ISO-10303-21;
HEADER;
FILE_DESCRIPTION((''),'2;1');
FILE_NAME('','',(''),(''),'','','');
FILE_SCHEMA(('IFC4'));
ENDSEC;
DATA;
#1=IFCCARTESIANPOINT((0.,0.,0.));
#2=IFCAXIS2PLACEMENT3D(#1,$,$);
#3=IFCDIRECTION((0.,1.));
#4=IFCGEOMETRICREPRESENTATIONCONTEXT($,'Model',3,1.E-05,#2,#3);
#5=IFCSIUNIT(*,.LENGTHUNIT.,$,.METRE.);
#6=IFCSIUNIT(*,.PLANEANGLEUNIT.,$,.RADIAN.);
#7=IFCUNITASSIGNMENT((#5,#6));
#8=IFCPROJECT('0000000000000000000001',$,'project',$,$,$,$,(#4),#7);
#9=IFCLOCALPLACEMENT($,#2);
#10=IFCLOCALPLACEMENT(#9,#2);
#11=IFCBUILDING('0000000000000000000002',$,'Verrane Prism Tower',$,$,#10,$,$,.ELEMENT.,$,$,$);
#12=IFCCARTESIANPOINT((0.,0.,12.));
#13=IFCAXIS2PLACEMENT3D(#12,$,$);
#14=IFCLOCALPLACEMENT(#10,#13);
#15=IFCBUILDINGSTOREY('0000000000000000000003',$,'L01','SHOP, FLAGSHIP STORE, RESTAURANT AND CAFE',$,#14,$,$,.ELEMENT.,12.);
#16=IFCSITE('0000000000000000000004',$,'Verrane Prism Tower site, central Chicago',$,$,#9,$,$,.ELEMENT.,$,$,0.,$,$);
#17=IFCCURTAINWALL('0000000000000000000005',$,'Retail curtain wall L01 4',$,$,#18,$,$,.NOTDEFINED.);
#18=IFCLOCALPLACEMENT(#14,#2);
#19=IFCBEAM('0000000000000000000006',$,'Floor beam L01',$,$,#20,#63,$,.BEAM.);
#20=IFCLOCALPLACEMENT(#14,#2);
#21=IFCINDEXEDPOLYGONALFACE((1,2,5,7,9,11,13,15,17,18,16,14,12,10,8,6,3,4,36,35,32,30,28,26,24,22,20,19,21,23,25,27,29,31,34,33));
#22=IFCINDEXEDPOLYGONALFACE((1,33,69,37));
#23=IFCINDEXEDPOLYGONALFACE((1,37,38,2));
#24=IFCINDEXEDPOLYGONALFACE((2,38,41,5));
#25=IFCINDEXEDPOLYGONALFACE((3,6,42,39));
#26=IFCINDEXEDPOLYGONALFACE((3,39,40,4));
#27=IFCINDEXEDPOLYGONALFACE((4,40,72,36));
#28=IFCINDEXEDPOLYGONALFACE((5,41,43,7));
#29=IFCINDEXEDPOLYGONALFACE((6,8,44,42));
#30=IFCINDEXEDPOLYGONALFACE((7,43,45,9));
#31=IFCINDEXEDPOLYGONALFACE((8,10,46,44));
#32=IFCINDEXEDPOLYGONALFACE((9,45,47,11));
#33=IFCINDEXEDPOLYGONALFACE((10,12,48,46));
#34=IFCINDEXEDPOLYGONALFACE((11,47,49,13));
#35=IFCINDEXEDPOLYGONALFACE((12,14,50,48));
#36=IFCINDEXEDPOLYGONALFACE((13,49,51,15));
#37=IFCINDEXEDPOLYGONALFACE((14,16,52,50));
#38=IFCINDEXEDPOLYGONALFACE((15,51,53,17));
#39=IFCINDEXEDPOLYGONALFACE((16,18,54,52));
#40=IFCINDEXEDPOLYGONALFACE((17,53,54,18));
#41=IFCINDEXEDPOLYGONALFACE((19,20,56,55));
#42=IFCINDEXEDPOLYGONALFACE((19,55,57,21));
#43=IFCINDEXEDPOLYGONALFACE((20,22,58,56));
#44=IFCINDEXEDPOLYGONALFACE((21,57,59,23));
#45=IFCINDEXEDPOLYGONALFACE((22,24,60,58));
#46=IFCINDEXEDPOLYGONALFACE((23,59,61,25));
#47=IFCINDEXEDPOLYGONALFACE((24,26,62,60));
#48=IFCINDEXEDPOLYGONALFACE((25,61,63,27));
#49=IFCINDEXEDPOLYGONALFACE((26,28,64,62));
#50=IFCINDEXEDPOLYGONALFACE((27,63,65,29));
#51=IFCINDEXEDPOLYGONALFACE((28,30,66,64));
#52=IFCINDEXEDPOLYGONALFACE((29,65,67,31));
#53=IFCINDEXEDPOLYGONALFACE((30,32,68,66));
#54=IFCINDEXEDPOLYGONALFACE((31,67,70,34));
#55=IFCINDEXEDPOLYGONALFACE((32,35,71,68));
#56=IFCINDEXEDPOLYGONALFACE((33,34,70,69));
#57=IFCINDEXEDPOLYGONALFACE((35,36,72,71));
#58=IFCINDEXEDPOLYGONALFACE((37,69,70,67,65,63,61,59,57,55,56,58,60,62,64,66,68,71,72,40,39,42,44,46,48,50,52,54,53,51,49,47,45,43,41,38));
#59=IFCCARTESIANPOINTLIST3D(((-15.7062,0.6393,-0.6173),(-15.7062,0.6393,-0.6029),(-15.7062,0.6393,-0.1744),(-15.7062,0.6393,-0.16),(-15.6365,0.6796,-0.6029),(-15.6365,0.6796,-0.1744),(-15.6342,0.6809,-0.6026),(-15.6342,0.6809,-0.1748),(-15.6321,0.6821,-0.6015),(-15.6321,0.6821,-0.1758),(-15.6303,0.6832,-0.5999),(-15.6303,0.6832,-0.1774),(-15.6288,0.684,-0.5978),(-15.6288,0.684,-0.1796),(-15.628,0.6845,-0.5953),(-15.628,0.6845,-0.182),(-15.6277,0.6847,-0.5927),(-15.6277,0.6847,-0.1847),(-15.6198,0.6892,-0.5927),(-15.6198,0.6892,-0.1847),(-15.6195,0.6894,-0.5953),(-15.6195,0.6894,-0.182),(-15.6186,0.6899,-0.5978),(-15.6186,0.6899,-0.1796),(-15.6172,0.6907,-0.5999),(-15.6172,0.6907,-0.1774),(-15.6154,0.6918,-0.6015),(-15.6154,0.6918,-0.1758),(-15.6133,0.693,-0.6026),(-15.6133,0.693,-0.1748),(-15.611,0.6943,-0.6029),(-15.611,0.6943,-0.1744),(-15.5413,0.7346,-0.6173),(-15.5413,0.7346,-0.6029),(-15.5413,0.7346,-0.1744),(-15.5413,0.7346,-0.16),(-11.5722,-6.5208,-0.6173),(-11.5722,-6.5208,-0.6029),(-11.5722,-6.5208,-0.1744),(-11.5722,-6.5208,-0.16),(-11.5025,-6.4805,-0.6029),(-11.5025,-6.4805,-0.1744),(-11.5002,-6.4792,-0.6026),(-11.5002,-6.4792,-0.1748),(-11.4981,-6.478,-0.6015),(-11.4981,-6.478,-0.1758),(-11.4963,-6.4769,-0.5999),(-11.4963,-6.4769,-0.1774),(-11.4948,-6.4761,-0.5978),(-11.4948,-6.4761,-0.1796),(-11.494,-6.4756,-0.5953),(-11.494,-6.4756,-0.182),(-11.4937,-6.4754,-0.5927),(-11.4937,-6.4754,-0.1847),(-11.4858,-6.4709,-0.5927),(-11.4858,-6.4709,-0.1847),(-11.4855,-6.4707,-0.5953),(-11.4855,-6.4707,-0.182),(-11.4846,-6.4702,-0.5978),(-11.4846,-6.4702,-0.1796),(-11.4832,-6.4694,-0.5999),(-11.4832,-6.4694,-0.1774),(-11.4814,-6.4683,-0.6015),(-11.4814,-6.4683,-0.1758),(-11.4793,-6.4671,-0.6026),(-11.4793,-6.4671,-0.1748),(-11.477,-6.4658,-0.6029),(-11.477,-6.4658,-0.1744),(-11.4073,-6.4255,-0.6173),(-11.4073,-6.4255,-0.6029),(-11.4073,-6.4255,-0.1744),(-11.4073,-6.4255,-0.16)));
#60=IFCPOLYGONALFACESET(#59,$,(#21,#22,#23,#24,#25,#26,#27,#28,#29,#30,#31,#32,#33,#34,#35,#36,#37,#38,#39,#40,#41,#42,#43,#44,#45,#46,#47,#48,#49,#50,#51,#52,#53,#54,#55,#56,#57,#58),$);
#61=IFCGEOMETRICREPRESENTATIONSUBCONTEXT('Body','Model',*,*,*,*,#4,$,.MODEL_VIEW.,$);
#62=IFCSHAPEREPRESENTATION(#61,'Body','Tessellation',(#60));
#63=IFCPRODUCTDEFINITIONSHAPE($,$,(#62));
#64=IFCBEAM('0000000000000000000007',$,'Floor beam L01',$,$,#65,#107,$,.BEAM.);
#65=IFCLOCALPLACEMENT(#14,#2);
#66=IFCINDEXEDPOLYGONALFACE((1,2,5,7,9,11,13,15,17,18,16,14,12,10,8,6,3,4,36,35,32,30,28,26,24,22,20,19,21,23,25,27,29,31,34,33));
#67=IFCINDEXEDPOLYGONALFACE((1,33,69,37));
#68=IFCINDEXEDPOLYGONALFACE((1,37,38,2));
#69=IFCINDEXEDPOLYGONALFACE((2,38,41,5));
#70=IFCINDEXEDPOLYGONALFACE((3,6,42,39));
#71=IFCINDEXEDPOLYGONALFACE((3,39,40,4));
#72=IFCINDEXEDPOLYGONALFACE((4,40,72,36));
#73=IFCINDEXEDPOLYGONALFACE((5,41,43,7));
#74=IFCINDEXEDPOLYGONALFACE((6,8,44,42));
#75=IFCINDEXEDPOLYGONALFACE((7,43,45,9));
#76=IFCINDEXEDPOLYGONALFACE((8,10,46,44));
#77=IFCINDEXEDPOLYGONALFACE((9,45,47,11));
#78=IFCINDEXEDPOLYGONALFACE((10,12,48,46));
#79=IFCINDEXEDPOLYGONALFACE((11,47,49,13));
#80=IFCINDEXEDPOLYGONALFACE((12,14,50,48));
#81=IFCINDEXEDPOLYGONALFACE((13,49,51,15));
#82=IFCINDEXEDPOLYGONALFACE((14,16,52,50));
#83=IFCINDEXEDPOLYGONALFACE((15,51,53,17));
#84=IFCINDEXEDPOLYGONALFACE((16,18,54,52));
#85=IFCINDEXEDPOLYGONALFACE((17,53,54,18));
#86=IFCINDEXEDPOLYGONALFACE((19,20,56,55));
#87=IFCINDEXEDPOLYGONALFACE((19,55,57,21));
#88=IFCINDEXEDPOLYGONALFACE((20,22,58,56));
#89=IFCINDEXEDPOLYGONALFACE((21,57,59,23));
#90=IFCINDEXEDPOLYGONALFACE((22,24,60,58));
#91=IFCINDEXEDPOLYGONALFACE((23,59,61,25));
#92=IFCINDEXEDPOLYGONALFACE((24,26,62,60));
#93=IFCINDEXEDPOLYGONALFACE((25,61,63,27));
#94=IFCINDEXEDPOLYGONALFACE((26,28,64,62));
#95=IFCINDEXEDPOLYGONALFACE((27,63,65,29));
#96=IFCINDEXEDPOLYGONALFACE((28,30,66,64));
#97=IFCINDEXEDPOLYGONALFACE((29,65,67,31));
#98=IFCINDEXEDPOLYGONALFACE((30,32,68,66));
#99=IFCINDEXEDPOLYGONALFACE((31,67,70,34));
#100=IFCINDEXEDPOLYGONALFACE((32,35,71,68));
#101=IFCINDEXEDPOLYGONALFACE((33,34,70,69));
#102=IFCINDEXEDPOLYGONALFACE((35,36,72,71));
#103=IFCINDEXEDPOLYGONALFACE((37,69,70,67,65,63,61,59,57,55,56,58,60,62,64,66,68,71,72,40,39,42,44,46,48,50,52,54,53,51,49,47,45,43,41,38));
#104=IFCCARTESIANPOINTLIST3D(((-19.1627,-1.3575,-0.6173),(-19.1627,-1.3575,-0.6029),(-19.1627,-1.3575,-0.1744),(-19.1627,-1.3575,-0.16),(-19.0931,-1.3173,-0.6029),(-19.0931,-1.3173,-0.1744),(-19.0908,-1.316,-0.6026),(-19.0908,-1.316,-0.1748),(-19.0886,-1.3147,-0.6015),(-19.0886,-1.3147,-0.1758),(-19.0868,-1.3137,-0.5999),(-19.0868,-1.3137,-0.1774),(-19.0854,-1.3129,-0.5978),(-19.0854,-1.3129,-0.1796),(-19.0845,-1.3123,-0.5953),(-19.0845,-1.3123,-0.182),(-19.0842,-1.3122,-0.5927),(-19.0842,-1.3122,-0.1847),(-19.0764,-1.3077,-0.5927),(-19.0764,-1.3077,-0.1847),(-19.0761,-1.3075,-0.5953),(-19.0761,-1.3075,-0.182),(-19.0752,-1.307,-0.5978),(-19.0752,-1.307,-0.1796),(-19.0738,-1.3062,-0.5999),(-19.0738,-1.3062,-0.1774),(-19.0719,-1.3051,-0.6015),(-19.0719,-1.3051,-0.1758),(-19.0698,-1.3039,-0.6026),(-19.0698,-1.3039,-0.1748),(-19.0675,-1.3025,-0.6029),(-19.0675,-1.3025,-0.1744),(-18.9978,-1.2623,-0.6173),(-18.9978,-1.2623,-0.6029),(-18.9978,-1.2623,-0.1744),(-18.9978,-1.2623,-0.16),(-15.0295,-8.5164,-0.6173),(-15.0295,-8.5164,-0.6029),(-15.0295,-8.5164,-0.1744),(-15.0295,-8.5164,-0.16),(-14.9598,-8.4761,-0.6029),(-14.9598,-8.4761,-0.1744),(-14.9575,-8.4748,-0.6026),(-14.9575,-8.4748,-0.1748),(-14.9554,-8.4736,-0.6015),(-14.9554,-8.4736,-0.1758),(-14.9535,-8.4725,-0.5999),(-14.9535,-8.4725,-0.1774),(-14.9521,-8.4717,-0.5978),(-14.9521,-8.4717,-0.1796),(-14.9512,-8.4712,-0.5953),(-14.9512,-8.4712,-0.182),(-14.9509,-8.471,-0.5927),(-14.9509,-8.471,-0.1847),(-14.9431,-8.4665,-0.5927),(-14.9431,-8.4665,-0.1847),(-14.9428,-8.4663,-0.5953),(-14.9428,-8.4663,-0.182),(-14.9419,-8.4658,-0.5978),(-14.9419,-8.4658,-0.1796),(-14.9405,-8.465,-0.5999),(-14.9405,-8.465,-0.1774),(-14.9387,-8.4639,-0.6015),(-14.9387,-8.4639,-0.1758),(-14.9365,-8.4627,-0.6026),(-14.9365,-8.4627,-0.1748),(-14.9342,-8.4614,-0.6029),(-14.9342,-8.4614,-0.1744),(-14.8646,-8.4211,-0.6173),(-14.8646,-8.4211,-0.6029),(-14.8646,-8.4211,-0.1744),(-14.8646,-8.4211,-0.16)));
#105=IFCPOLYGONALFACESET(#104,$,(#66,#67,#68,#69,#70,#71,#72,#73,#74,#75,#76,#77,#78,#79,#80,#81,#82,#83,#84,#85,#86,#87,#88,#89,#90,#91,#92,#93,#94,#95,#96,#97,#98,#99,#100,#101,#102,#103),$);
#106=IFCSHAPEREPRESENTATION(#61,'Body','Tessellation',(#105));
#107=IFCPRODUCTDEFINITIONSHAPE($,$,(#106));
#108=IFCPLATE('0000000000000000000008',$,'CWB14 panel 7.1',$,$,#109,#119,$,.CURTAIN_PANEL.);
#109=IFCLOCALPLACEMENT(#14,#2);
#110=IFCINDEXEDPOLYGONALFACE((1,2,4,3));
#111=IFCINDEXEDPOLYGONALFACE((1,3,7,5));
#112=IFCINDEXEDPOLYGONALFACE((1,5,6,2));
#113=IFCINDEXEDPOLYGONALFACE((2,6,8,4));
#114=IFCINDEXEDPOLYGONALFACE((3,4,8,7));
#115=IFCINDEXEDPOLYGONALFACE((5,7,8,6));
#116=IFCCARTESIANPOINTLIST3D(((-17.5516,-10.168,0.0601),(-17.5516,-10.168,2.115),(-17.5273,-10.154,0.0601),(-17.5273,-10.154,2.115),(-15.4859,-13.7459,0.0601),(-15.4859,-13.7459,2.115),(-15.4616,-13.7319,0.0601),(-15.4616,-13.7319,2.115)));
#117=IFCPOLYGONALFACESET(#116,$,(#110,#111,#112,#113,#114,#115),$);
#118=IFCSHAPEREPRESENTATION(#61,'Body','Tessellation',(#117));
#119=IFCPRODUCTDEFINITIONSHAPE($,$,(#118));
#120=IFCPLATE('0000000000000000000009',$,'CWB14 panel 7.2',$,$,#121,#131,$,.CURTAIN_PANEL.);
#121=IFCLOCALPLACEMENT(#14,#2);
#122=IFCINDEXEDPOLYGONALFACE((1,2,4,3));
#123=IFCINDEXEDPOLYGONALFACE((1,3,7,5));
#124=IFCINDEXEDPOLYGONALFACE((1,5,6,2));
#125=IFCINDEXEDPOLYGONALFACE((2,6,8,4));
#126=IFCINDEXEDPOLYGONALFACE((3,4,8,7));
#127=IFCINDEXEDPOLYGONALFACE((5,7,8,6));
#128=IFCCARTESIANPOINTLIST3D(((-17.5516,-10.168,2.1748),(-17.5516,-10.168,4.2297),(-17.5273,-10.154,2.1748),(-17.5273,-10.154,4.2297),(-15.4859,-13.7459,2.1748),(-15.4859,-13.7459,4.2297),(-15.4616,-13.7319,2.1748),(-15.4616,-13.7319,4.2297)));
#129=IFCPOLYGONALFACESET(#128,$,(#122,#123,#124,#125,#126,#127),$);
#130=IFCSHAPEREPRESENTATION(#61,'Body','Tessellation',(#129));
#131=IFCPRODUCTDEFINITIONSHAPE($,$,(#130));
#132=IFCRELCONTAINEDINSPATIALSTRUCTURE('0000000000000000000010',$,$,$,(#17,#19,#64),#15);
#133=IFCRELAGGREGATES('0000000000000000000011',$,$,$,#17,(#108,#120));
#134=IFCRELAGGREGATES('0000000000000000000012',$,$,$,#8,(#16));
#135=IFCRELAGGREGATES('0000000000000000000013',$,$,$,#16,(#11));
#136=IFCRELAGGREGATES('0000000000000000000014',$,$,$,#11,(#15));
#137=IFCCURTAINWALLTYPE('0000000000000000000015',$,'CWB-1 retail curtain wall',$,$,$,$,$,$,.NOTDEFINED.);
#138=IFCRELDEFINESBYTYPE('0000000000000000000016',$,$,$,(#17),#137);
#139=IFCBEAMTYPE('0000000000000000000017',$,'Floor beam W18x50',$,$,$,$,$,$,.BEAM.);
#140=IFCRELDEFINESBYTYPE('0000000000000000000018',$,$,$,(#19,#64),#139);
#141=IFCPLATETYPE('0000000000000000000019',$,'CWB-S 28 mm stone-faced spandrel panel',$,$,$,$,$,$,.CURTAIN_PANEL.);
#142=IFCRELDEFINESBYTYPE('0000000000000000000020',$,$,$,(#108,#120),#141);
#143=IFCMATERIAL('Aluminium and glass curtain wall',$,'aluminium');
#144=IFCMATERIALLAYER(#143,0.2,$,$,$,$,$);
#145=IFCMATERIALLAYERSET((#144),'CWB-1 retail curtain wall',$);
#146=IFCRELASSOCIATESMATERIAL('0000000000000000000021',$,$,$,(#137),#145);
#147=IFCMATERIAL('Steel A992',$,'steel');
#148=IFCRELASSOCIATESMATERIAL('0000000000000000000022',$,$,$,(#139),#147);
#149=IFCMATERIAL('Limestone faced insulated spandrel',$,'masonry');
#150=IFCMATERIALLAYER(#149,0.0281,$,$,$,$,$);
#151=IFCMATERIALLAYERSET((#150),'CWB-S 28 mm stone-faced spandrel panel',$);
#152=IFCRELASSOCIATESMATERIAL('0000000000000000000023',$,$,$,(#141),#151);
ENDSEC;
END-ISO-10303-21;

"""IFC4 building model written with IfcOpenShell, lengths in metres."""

from ifc_helpers import new_model, si_unit, direction, frame, origin, origin_2d, place, context, subcontext, project, spatial, rectangle, i_section, extrude, material, layer, layer_set, material_profile, profile_set, type_object, element, aggregate, save


model = new_model("IFC4")

# Units and contexts
model_context = context("Model", 3, precision=1e-05, world=origin(), true_north=direction((0.0, 1.0)))
body_context = subcontext(model_context, "Body", "Model", "MODEL_VIEW")
ifc_project = project(units=[si_unit("LENGTHUNIT", "METRE"), si_unit("PLANEANGLEUNIT", "RADIAN")], contexts=[model_context])

# Site, building, storey
site_placement = place(None, origin())
site = spatial("IfcSite", under=ifc_project, at=site_placement, Name="Verrane Prism Tower site, central Chicago", CompositionType="ELEMENT", RefElevation=0.0)
building_placement = place(site_placement, origin())
building = spatial("IfcBuilding", under=site, at=building_placement, Name="Verrane Prism Tower", CompositionType="ELEMENT")
storey_placement = place(building_placement, frame((0.0, 0.0, 12.0)))
storey = spatial("IfcBuildingStorey", under=building, at=storey_placement, Name="L01", Description="SHOP, FLAGSHIP STORE, RESTAURANT AND CAFE", CompositionType="ELEMENT", Elevation=12.0)

# Curtain wall
ifc_material_1 = material(Name="Aluminium and glass curtain wall", Category="aluminium")
ifc_layer_1 = layer(ifc_material_1, 0.2)
ifc_layer_set_1 = layer_set([ifc_layer_1], Name="CWB-1 retail curtain wall")
curtain_wall_type = type_object("IfcCurtainWallType", Name="CWB-1 retail curtain wall", PredefinedType="NOTDEFINED", material=ifc_layer_set_1)
curtain_wall_placement = place(storey_placement, origin())
curtain_wall = element("IfcCurtainWall", 1, at=curtain_wall_placement, inside=storey, type_object=curtain_wall_type, Name="Retail curtain wall L01 4", PredefinedType="NOTDEFINED")

# Beams
ifc_material_2 = material(Name="Steel A992", Category="steel")
ifc_material_profile_1 = material_profile(ifc_material_2, i_section(OverallWidth=0.1904, OverallDepth=0.4573, WebThickness=0.009, FlangeThickness=0.0144, FilletRadius=0.0103, at=origin_2d()), Name="W18x50")
ifc_profile_set_1 = profile_set([ifc_material_profile_1], Name="Steel A992")
beam_type_1 = type_object("IfcBeamType", Name="Floor beam W18x50", PredefinedType="BEAM", material=ifc_profile_set_1)
beam_1_placement = place(storey_placement, frame((-11.4897, -6.4731, -0.3887), z_axis=(-0.50001, 0.866019, 0.0), x_axis=(-0.866019, -0.50001, 0.0)))
element("IfcBeam", 2, at=beam_1_placement, inside=storey, type_object=beam_type_1, Name="Floor beam L01", PredefinedType="BEAM", context=body_context, shape_type="SweptSolid", body=[
    extrude(i_section(OverallWidth=0.1904, OverallDepth=0.4573, WebThickness=0.009, FlangeThickness=0.0144, FilletRadius=0.0103, at=origin_2d()), origin(), (0.0, 0.0, 1.0), 8.2678),
])
beam_2_placement = place(storey_placement, frame((-14.947, -8.4688, -0.3887), z_axis=(-0.500008, 0.866021, 0.0), x_axis=(-0.866021, -0.500008, 0.0)))
element("IfcBeam", 3, at=beam_2_placement, inside=storey, type_object=beam_type_1, Name="Floor beam L01", PredefinedType="BEAM", context=body_context, shape_type="SweptSolid", body=[
    extrude(i_section(OverallWidth=0.1904, OverallDepth=0.4573, WebThickness=0.009, FlangeThickness=0.0144, FilletRadius=0.0103, at=origin_2d()), origin(), (0.0, 0.0, 1.0), 8.2664),
])

# Plates
ifc_material_3 = material(Name="Limestone faced insulated spandrel", Category="masonry")
ifc_layer_2 = layer(ifc_material_3, 0.0281)
ifc_layer_set_2 = layer_set([ifc_layer_2], Name="CWB-S 28 mm stone-faced spandrel panel")
plate_type = type_object("IfcPlateType", Name="CWB-S 28 mm stone-faced spandrel panel", PredefinedType="CURTAIN_PANEL", material=ifc_layer_set_2)
plate_1_placement = place(storey_placement, frame((-16.5066, -11.95, 0.0601), z_axis=(0.0, 0.0, 1.0), x_axis=(0.5, -0.866025, 0.0)))
plate_1 = element("IfcPlate", 4, at=plate_1_placement, type_object=plate_type, Name="CWB14 panel 7.1", PredefinedType="CURTAIN_PANEL", context=body_context, shape_type="SweptSolid", body=[
    extrude(rectangle(XDim=4.1313, YDim=0.0281, at=origin_2d()), origin(), (0.0, 0.0, 1.0), 2.0549),
])
plate_2_placement = place(storey_placement, frame((-16.5066, -11.95, 2.1748), z_axis=(0.0, 0.0, 1.0), x_axis=(0.5, -0.866025, 0.0)))
plate_2 = element("IfcPlate", 5, at=plate_2_placement, type_object=plate_type, Name="CWB14 panel 7.2", PredefinedType="CURTAIN_PANEL", context=body_context, shape_type="SweptSolid", body=[
    extrude(rectangle(XDim=4.1313, YDim=0.0281, at=origin_2d()), origin(), (0.0, 0.0, 1.0), 2.0549),
])
aggregate(curtain_wall, [plate_1, plate_2])

save(model, "model.ifc")
